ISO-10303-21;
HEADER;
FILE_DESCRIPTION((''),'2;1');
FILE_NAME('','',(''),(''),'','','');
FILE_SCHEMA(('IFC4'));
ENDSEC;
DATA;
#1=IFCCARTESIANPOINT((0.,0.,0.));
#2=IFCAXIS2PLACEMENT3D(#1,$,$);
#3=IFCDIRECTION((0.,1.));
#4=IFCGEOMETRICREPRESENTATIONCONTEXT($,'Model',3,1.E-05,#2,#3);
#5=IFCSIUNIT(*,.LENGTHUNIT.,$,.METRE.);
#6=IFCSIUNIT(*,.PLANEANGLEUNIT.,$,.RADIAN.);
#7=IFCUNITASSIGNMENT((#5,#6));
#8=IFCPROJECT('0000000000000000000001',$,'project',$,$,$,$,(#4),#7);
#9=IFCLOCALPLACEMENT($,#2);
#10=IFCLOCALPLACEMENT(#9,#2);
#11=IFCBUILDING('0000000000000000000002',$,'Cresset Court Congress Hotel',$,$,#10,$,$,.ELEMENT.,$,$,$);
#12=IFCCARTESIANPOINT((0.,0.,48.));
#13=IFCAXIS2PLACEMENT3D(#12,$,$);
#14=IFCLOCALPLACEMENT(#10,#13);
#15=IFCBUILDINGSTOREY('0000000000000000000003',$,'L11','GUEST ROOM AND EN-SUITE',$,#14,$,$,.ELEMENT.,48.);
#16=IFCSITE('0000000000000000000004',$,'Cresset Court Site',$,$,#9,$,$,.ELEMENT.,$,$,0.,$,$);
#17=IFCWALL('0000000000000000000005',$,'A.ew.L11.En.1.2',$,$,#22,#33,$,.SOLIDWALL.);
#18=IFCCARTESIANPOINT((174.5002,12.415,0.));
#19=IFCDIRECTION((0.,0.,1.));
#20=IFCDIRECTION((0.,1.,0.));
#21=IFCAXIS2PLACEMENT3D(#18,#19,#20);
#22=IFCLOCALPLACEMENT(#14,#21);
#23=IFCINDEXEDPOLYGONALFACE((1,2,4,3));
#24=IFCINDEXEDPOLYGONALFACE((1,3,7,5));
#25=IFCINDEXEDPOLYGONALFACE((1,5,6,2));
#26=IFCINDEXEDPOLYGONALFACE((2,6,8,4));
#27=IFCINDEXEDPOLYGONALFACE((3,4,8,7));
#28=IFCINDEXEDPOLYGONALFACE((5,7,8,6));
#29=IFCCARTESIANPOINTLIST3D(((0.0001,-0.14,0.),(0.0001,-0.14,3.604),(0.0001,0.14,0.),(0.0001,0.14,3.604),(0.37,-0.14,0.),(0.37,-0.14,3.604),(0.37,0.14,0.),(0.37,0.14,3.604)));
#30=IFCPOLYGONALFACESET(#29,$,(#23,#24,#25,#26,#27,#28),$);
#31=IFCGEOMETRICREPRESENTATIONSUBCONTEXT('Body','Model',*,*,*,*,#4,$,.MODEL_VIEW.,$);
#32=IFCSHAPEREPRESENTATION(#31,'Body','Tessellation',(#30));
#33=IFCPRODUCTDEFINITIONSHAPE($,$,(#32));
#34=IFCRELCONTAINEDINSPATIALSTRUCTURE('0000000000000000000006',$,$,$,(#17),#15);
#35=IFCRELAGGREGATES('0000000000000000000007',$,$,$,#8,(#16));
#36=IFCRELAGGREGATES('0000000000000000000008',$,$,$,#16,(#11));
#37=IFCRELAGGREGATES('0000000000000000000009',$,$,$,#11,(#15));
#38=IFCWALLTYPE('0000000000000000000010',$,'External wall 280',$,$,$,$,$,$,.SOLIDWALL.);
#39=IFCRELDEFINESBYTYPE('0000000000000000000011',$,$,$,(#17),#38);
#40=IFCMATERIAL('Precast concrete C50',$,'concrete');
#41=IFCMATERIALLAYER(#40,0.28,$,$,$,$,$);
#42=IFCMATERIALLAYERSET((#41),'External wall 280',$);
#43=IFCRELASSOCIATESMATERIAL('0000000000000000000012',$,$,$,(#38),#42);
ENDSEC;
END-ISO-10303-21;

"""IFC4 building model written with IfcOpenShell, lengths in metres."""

from ifc_helpers import new_model, si_unit, direction, frame, frame_2d, origin, place, context, subcontext, project, spatial, rectangle, extrude, material, layer, layer_set, type_object, element, save


model = new_model("IFC4")

# Units and contexts
model_context = context("Model", 3, precision=1e-05, world=origin(), true_north=direction((0.0, 1.0)))
body_context = subcontext(model_context, "Body", "Model", "MODEL_VIEW")
ifc_project = project(units=[si_unit("LENGTHUNIT", "METRE"), si_unit("PLANEANGLEUNIT", "RADIAN")], contexts=[model_context])

# Site, building, storey
site_placement = place(None, origin())
site = spatial("IfcSite", under=ifc_project, at=site_placement, Name="Cresset Court Site", CompositionType="ELEMENT", RefElevation=0.0)
building_placement = place(site_placement, origin())
building = spatial("IfcBuilding", under=site, at=building_placement, Name="Cresset Court Congress Hotel", CompositionType="ELEMENT")
storey_placement = place(building_placement, frame((0.0, 0.0, 48.0)))
storey = spatial("IfcBuildingStorey", under=building, at=storey_placement, Name="L11", Description="GUEST ROOM AND EN-SUITE", CompositionType="ELEMENT", Elevation=48.0)

# Shared definitions
ifc_material_1 = material(Name="Precast concrete C50", Category="concrete")
ifc_layer = layer(ifc_material_1, 0.28)
ifc_layer_set = layer_set([ifc_layer], Name="External wall 280")
wall_type = type_object("IfcWallType", Name="External wall 280", PredefinedType="SOLIDWALL", material=ifc_layer_set)

# Wall
wall_1_placement = place(storey_placement, frame((174.5002, 12.415, 0.0), z_axis=(0.0, 0.0, 1.0), x_axis=(0.0, 1.0, 0.0)))
element("IfcWall", 1, at=wall_1_placement, inside=storey, type_object=wall_type, Name="A.ew.L11.En.1.2", PredefinedType="SOLIDWALL", context=body_context, shape_type="SweptSolid", body=[
    extrude(rectangle(XDim=0.3699, YDim=0.28, at=frame_2d((0.1851, 0.0))), origin(), (0.0, 0.0, 1.0), 3.604),
])

save(model, "model.ifc")
